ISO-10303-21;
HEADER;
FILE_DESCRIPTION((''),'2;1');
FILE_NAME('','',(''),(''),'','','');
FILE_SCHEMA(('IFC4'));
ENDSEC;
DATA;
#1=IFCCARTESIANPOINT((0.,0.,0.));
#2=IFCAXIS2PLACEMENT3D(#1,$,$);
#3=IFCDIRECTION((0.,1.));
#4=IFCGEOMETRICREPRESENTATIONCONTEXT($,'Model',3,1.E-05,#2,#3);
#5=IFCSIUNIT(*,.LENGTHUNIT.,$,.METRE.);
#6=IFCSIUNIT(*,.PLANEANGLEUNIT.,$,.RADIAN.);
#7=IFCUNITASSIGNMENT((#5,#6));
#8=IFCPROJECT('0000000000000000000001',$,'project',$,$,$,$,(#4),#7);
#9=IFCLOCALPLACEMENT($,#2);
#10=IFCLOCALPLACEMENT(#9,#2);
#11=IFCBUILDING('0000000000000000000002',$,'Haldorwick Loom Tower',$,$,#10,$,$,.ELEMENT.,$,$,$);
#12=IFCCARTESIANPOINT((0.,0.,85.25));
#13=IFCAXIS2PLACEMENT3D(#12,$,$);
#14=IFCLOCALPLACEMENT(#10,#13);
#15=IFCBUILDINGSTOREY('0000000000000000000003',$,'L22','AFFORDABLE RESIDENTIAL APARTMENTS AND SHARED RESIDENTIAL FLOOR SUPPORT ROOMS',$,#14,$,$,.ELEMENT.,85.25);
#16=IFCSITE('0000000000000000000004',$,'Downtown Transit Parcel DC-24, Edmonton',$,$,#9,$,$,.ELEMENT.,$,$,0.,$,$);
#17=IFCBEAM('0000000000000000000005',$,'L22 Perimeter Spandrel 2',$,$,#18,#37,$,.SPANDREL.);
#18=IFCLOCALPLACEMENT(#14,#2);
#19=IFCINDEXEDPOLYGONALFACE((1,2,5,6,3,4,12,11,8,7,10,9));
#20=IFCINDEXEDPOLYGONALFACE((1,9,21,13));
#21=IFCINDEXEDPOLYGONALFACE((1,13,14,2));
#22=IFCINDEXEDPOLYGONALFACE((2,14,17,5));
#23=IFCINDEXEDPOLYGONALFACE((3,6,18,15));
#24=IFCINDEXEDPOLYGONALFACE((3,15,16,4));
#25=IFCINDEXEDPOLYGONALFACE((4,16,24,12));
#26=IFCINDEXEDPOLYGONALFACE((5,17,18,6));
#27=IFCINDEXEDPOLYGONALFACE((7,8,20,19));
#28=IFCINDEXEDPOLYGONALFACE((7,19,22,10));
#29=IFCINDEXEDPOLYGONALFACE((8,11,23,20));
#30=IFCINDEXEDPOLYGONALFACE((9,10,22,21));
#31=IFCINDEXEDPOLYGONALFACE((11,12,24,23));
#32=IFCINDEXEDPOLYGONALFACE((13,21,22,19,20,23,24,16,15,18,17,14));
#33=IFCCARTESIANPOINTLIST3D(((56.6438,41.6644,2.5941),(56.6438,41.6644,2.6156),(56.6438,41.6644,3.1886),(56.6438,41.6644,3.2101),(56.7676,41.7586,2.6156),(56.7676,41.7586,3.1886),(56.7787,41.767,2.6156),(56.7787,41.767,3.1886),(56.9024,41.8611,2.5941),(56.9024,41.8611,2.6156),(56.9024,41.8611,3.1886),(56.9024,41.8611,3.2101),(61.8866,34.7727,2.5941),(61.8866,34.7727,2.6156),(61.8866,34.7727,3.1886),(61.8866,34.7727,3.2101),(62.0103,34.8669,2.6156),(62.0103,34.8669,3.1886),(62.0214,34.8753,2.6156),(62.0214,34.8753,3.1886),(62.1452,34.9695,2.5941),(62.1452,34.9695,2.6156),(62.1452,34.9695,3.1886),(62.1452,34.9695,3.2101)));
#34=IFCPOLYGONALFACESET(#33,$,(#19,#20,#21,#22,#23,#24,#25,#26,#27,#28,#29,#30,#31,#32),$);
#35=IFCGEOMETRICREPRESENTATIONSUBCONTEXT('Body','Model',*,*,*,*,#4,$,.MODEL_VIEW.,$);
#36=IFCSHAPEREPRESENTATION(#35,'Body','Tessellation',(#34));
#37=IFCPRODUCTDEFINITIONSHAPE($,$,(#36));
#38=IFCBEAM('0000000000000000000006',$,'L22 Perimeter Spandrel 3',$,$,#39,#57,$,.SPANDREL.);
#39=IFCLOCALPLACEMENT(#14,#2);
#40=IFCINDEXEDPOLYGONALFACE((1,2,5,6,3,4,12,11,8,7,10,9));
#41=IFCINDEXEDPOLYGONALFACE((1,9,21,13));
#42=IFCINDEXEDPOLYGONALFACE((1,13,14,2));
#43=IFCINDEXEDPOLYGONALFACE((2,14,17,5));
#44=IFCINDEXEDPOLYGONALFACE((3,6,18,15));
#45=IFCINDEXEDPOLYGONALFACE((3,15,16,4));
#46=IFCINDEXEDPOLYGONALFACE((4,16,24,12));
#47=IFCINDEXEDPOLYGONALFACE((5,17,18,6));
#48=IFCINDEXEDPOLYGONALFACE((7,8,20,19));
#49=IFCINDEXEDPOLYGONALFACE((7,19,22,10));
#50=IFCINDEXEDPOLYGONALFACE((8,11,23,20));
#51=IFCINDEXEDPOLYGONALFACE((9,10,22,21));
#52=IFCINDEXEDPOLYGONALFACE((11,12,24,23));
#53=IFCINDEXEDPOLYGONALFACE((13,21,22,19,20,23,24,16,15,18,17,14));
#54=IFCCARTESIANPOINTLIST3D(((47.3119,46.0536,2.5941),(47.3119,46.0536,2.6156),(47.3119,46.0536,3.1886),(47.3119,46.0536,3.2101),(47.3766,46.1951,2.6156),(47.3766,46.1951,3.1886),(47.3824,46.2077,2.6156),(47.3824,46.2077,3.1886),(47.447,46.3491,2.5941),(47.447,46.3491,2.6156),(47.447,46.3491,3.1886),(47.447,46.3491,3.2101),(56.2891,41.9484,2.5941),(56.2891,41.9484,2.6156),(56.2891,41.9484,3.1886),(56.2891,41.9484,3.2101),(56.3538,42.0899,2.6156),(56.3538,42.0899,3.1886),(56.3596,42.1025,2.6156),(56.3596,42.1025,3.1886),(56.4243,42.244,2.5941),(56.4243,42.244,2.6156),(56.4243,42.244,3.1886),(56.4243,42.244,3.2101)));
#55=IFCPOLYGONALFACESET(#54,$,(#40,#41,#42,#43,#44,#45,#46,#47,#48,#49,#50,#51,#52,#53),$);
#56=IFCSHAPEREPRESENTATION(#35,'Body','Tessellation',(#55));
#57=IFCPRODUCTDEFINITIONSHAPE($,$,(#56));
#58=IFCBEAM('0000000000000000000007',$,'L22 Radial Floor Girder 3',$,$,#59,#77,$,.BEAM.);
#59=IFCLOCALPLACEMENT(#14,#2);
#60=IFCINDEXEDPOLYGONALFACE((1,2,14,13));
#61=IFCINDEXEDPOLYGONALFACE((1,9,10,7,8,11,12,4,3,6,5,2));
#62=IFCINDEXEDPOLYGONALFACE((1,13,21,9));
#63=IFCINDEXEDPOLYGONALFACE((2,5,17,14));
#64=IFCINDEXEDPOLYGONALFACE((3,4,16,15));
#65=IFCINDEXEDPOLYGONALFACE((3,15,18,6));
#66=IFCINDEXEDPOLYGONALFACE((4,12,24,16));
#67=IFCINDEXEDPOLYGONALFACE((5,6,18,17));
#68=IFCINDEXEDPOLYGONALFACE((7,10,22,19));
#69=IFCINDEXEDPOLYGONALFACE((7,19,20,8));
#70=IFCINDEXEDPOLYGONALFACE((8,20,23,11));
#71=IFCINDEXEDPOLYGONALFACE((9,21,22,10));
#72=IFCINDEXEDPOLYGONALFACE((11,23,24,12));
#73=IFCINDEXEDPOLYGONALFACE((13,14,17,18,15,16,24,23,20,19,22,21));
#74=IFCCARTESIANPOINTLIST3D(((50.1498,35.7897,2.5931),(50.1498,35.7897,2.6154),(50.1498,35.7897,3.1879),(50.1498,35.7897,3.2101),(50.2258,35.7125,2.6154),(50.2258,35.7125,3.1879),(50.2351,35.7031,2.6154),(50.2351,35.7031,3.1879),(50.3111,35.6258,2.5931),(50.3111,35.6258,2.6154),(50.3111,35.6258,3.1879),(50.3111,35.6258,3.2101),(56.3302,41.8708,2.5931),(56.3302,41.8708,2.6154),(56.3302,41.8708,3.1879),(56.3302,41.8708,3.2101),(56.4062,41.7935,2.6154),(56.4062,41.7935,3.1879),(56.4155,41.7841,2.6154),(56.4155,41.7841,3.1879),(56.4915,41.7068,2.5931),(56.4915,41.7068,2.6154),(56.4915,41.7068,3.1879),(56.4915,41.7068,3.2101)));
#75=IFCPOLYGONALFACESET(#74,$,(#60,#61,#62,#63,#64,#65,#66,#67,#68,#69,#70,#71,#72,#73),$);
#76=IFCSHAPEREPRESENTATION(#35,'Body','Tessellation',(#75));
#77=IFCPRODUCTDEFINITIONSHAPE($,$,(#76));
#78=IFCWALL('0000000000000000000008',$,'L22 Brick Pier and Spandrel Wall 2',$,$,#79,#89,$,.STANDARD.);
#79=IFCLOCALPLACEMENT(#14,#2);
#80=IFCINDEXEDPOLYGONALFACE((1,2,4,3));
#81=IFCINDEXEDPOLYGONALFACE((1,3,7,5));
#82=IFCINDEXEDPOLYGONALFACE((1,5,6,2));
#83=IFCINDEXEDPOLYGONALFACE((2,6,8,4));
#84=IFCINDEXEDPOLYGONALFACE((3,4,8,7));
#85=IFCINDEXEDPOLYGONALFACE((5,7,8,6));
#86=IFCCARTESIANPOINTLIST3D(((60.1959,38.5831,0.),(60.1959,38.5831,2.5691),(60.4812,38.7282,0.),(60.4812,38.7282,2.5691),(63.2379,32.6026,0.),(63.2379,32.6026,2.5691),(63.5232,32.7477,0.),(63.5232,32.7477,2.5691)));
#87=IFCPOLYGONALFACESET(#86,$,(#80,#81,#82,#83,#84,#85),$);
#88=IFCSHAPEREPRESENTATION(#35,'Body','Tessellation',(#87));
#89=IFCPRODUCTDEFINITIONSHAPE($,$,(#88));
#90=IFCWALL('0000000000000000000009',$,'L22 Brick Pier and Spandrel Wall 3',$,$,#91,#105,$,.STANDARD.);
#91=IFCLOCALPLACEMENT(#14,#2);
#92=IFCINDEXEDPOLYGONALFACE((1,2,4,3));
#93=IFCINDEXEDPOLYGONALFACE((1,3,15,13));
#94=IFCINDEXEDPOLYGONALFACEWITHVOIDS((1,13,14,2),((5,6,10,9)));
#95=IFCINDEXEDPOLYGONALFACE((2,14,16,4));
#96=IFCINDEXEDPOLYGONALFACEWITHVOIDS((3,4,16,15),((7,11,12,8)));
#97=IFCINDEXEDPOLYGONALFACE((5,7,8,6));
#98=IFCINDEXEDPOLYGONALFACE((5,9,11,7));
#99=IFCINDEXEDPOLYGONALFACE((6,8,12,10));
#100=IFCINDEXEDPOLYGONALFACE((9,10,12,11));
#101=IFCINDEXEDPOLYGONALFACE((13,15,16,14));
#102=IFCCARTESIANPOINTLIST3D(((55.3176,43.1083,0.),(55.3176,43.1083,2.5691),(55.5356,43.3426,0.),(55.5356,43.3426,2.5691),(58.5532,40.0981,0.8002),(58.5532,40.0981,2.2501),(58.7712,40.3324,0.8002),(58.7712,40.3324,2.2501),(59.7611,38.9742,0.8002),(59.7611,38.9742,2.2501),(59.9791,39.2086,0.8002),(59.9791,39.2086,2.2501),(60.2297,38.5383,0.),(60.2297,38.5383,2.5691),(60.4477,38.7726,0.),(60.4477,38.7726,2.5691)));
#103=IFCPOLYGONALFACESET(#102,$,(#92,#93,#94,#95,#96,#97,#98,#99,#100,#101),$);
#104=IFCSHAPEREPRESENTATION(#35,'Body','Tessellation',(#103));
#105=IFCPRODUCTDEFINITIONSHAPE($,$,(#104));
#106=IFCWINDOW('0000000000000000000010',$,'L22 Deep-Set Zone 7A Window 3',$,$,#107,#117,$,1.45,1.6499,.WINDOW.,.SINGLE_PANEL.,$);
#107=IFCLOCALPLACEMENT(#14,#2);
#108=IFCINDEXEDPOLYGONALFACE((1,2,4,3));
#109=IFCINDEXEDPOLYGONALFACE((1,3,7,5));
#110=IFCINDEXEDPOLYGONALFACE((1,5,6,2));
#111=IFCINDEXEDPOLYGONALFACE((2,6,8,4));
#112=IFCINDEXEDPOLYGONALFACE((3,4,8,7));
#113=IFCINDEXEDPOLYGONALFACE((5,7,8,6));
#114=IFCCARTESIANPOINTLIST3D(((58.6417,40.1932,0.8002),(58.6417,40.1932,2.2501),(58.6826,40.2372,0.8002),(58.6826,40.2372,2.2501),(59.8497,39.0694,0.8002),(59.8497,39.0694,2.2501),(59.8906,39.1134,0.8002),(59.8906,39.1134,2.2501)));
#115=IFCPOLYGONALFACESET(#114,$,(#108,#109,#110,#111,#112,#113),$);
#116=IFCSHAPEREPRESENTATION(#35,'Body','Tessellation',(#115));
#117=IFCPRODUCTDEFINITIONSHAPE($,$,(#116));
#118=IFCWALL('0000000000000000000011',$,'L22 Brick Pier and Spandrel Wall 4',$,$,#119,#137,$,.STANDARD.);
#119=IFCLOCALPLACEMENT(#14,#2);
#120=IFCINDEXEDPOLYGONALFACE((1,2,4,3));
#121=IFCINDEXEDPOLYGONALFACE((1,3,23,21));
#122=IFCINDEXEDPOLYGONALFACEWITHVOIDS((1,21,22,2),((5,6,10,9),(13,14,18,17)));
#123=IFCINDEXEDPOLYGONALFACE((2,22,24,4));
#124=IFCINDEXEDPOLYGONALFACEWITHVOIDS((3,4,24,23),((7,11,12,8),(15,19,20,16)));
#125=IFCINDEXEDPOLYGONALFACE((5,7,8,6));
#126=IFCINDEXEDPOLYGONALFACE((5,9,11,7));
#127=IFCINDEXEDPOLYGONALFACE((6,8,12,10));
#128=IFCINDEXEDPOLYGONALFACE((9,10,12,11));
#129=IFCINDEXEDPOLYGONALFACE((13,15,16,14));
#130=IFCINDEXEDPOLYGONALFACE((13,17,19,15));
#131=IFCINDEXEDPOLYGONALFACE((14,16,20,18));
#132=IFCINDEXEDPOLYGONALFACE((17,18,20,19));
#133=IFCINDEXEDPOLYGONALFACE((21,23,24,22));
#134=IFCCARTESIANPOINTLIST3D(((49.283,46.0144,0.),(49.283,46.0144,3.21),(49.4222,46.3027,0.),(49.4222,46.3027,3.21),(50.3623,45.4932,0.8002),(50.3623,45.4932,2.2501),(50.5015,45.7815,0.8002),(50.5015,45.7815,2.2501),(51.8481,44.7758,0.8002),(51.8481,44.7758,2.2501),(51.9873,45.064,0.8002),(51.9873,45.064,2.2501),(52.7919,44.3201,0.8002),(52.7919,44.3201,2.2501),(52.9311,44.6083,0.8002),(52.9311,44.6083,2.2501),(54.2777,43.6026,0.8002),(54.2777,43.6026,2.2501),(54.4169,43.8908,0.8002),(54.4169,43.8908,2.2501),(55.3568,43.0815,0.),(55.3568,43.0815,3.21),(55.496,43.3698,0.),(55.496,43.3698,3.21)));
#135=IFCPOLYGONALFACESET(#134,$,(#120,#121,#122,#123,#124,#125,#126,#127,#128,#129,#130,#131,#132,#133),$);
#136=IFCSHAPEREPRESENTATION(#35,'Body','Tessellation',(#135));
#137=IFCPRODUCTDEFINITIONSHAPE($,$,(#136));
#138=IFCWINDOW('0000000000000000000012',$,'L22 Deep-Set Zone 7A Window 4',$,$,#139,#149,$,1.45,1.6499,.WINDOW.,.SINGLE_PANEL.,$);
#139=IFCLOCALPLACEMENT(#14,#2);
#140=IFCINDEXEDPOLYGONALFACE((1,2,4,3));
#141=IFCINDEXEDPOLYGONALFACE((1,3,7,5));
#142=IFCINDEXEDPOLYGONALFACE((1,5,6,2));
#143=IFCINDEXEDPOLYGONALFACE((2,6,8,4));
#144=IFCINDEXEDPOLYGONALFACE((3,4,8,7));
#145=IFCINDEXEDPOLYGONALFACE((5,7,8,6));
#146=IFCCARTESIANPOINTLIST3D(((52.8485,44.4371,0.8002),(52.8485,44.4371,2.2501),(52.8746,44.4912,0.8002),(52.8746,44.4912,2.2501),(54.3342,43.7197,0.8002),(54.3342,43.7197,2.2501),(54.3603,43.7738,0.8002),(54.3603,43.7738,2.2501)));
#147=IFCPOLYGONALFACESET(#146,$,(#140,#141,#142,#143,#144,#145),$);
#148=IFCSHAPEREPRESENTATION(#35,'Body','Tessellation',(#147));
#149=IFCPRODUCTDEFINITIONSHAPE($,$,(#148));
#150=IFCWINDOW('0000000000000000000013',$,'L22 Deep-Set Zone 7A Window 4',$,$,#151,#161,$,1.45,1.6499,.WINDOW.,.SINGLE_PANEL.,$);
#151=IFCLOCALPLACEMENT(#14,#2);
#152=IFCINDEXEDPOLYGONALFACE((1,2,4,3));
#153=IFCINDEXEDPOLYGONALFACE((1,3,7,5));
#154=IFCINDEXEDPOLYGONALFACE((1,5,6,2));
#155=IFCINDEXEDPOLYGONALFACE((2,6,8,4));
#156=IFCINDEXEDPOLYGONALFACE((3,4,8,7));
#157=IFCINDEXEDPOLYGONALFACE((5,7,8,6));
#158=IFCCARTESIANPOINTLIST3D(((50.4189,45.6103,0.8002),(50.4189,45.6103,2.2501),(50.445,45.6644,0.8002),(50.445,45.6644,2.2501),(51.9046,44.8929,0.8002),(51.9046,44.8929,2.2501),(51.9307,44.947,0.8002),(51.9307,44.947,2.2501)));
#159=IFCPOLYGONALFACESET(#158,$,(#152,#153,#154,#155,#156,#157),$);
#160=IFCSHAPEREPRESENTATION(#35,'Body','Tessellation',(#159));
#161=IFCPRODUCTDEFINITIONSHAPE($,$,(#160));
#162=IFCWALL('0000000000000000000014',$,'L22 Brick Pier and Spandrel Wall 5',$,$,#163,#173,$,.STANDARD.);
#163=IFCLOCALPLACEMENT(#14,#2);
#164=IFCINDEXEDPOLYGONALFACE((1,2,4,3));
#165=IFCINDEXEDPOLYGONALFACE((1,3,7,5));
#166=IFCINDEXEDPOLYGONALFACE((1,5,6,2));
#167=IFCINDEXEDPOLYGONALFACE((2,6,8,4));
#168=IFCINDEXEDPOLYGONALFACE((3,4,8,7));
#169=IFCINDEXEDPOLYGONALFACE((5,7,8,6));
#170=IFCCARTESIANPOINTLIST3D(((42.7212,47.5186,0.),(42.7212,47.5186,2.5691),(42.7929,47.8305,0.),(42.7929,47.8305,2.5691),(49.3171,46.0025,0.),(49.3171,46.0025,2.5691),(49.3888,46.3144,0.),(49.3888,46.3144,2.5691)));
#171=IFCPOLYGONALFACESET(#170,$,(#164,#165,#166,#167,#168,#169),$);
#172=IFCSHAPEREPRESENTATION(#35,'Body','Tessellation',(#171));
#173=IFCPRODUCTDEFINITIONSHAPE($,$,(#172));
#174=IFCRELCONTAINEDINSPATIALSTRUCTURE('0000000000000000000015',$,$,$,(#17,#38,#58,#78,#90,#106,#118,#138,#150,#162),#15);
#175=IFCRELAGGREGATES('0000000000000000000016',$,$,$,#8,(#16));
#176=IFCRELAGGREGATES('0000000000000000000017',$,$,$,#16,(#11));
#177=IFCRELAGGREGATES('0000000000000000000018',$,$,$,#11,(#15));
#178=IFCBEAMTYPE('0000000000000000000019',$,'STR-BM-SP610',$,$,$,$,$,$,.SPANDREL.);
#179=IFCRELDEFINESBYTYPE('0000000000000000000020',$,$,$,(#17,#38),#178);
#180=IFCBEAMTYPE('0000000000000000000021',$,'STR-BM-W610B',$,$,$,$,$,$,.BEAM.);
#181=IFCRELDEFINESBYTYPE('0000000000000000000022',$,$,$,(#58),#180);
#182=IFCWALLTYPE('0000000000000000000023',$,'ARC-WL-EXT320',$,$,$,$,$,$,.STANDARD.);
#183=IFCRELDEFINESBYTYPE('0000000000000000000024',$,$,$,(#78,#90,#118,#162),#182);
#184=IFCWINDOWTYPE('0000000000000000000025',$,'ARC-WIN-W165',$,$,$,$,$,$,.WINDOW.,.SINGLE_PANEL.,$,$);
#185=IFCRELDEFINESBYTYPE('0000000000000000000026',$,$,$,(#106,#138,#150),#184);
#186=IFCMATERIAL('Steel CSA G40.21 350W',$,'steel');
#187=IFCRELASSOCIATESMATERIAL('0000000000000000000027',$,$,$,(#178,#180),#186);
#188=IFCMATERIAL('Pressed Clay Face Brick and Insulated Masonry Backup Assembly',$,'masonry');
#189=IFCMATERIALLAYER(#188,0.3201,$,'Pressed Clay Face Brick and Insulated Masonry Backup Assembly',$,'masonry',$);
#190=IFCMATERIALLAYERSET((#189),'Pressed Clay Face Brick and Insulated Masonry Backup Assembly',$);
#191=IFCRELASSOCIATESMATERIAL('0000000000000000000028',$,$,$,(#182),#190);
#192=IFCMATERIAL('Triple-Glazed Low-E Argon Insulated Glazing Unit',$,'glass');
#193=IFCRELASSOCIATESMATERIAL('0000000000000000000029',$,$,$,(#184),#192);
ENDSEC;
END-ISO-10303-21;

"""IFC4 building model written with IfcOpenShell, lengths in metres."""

from ifc_helpers import new_model, si_unit, direction, frame, frame_2d, origin, origin_2d, place, context, subcontext, project, spatial, rectangle, i_section, extrude, material, layer, layer_set, material_profile, profile_set, type_object, element, fill, save


model = new_model("IFC4")

# Units and contexts
model_context = context("Model", 3, precision=1e-05, world=origin(), true_north=direction((0.0, 1.0)))
body_context = subcontext(model_context, "Body", "Model", "MODEL_VIEW")
ifc_project = project(units=[si_unit("LENGTHUNIT", "METRE"), si_unit("PLANEANGLEUNIT", "RADIAN")], contexts=[model_context])

# Site, building, storey
site_placement = place(None, origin())
site = spatial("IfcSite", under=ifc_project, at=site_placement, Name="Downtown Transit Parcel DC-24, Edmonton", CompositionType="ELEMENT", RefElevation=0.0)
building_placement = place(site_placement, origin())
building = spatial("IfcBuilding", under=site, at=building_placement, Name="Haldorwick Loom Tower", CompositionType="ELEMENT")
storey_placement = place(building_placement, frame((0.0, 0.0, 85.25)))
storey = spatial("IfcBuildingStorey", under=building, at=storey_placement, Name="L22", Description="AFFORDABLE RESIDENTIAL APARTMENTS AND SHARED RESIDENTIAL FLOOR SUPPORT ROOMS", CompositionType="ELEMENT", Elevation=85.25)

# Beams
ifc_material_1 = material(Name="Steel CSA G40.21 350W", Category="steel")
ifc_material_profile_1 = material_profile(ifc_material_1, i_section(OverallWidth=0.325, OverallDepth=0.616, WebThickness=0.0139, FlangeThickness=0.0215, at=origin_2d()), Name="W610X174", Category="steel")
ifc_profile_set_1 = profile_set([ifc_material_profile_1], Name="Steel CSA G40.21 350W")
beam_type_1 = type_object("IfcBeamType", Name="STR-BM-SP610", PredefinedType="SPANDREL", material=ifc_profile_set_1)
beam_1_placement = place(storey_placement, frame((62.0159, 34.8711, 2.9021), z_axis=(-0.605454, 0.795881, 0.0), x_axis=(-0.795881, -0.605454, 0.0)))
element("IfcBeam", 1, at=beam_1_placement, inside=storey, type_object=beam_type_1, Name="L22 Perimeter Spandrel 2", PredefinedType="SPANDREL", context=body_context, shape_type="SweptSolid", body=[
    extrude(i_section(OverallWidth=0.325, OverallDepth=0.616, WebThickness=0.0139, FlangeThickness=0.0215, at=origin_2d()), origin(), (0.0, 0.0, 1.0), 8.6592),
])
beam_2_placement = place(storey_placement, frame((56.3567, 42.0962, 2.9021), z_axis=(-0.909424, 0.41587, 0.0), x_axis=(-0.41587, -0.909424, 0.0)))
element("IfcBeam", 2, at=beam_2_placement, inside=storey, type_object=beam_type_1, Name="L22 Perimeter Spandrel 3", PredefinedType="SPANDREL", context=body_context, shape_type="SweptSolid", body=[
    extrude(i_section(OverallWidth=0.325, OverallDepth=0.616, WebThickness=0.0139, FlangeThickness=0.0215, at=origin_2d()), origin(), (0.0, 0.0, 1.0), 9.8713),
])
ifc_material_profile_2 = material_profile(ifc_material_1, i_section(OverallWidth=0.23, OverallDepth=0.6169, WebThickness=0.0132, FlangeThickness=0.0222, at=origin_2d()), Name="W610X140", Category="steel")
ifc_profile_set_2 = profile_set([ifc_material_profile_2], Name="Steel CSA G40.21 350W")
beam_type_2 = type_object("IfcBeamType", Name="STR-BM-W610B", PredefinedType="BEAM", material=ifc_profile_set_2)
beam_3_placement = place(storey_placement, frame((50.2305, 35.7078, 2.9016), z_axis=(0.712814, 0.701353, 0.0), x_axis=(-0.701353, 0.712814, 0.0)))
element("IfcBeam", 3, at=beam_3_placement, inside=storey, type_object=beam_type_2, Name="L22 Radial Floor Girder 3", PredefinedType="BEAM", context=body_context, shape_type="SweptSolid", body=[
    extrude(i_section(OverallWidth=0.23, OverallDepth=0.6169, WebThickness=0.0132, FlangeThickness=0.0222, at=origin_2d()), origin(), (0.0, 0.0, 1.0), 8.6704),
])

# Wall
ifc_material_2 = material(Name="Pressed Clay Face Brick and Insulated Masonry Backup Assembly", Category="masonry")
ifc_layer_1 = layer(ifc_material_2, 0.3201, Name="Pressed Clay Face Brick and Insulated Masonry Backup Assembly", Category="masonry")
ifc_layer_set_1 = layer_set([ifc_layer_1], Name="Pressed Clay Face Brick and Insulated Masonry Backup Assembly")
wall_type_1 = type_object("IfcWallType", Name="ARC-WL-EXT320", PredefinedType="STANDARD", material=ifc_layer_set_1)
wall_1_placement = place(storey_placement, frame((63.3806, 32.675, 0.0), z_axis=(0.0, 0.0, 1.0), x_axis=(-0.453374, 0.89132, 0.0)))
element("IfcWall", 4, at=wall_1_placement, inside=storey, type_object=wall_type_1, Name="L22 Brick Pier and Spandrel Wall 2", PredefinedType="STANDARD", context=body_context, shape_type="SweptSolid", body=[
    extrude(rectangle(XDim=6.7097, YDim=0.3201, at=frame_2d((3.355, 0.0))), origin(), (0.0, 0.0, 1.0), 2.5691),
])

# Wall, opening, window
wall_2_placement = place(storey_placement, frame((60.3386, 38.6555, 0.0), z_axis=(0.0, 0.0, 1.0), x_axis=(-0.732137, 0.681157, 0.0)))
wall_2 = element("IfcWall", 5, at=wall_2_placement, inside=storey, type_object=wall_type_1, Name="L22 Brick Pier and Spandrel Wall 3", PredefinedType="STANDARD", context=body_context, shape_type="SweptSolid", body=[
    extrude(rectangle(XDim=6.7092, YDim=0.3201, at=frame_2d((3.3545, 0.0))), origin(), (0.0, 0.0, 1.0), 2.5691),
])
opening_1_placement = place(wall_2_placement, frame((0.6399, 0.0, 0.8)))
opening_1 = element("IfcOpeningElement", 6, at=opening_1_placement, cuts=wall_2, PredefinedType="OPENING", context=body_context, shape_type="SweptSolid", body=[
    extrude(rectangle(XDim=1.6499, YDim=1.45, at=frame_2d((0.825, 0.7251))), frame((0.0, 0.1699, 0.0), z_axis=(0.0, -1.0, 0.0), x_axis=(1.0, 0.0, 0.0)), (0.0, 0.0, 1.0), 0.3401),
])
ifc_material_3 = material(Name="Triple-Glazed Low-E Argon Insulated Glazing Unit", Category="glass")
window_type = type_object("IfcWindowType", Name="ARC-WIN-W165", PartitioningType="SINGLE_PANEL", PredefinedType="WINDOW", material=ifc_material_3)
window_1_placement = place(opening_1_placement, origin())
window_1 = element("IfcWindow", 7, at=window_1_placement, inside=storey, type_object=window_type, Name="L22 Deep-Set Zone 7A Window 3", OverallHeight=1.45, OverallWidth=1.6499, PartitioningType="SINGLE_PANEL", PredefinedType="WINDOW", context=body_context, shape_type="SweptSolid", body=[
    extrude(rectangle(XDim=1.6499, YDim=1.45, at=frame_2d((0.825, 0.7251))), frame((0.0, 0.03, 0.0), z_axis=(0.0, -1.0, 0.0), x_axis=(1.0, 0.0, 0.0)), (0.0, 0.0, 1.0), 0.0601),
])
fill(opening_1, window_1)

# Wall, openings, windows
wall_3_placement = place(storey_placement, frame((55.4265, 43.2256, 0.0), z_axis=(0.0, 0.0, 1.0), x_axis=(-0.90051, 0.434835, 0.0)))
wall_3 = element("IfcWall", 8, at=wall_3_placement, inside=storey, type_object=wall_type_1, Name="L22 Brick Pier and Spandrel Wall 4", PredefinedType="STANDARD", context=body_context, shape_type="SweptSolid", body=[
    extrude(rectangle(XDim=6.7449, YDim=0.3201, at=frame_2d((3.3726, 0.0))), origin(), (0.0, 0.0, 1.0), 3.21),
])
opening_2_placement = place(wall_3_placement, frame((1.1985, 0.0, 0.8)))
opening_2 = element("IfcOpeningElement", 9, at=opening_2_placement, cuts=wall_3, PredefinedType="OPENING", context=body_context, shape_type="SweptSolid", body=[
    extrude(rectangle(XDim=1.6499, YDim=1.45, at=frame_2d((0.825, 0.7251))), frame((0.0, 0.1699, 0.0), z_axis=(0.0, -1.0, 0.0), x_axis=(1.0, 0.0, 0.0)), (0.0, 0.0, 1.0), 0.3401),
])
opening_3_placement = place(wall_3_placement, frame((3.8965, 0.0, 0.8)))
opening_3 = element("IfcOpeningElement", 10, at=opening_3_placement, cuts=wall_3, PredefinedType="OPENING", context=body_context, shape_type="SweptSolid", body=[
    extrude(rectangle(XDim=1.6499, YDim=1.45, at=frame_2d((0.825, 0.7251))), frame((0.0, 0.1699, 0.0), z_axis=(0.0, -1.0, 0.0), x_axis=(1.0, 0.0, 0.0)), (0.0, 0.0, 1.0), 0.3401),
])
window_2_placement = place(opening_2_placement, origin())
window_2 = element("IfcWindow", 11, at=window_2_placement, inside=storey, type_object=window_type, Name="L22 Deep-Set Zone 7A Window 4", OverallHeight=1.45, OverallWidth=1.6499, PartitioningType="SINGLE_PANEL", PredefinedType="WINDOW", context=body_context, shape_type="SweptSolid", body=[
    extrude(rectangle(XDim=1.6499, YDim=1.45, at=frame_2d((0.825, 0.7251))), frame((0.0, 0.03, 0.0), z_axis=(0.0, -1.0, 0.0), x_axis=(1.0, 0.0, 0.0)), (0.0, 0.0, 1.0), 0.0601),
])
fill(opening_2, window_2)
window_3_placement = place(opening_3_placement, origin())
window_3 = element("IfcWindow", 12, at=window_3_placement, inside=storey, type_object=window_type, Name="L22 Deep-Set Zone 7A Window 4", OverallHeight=1.45, OverallWidth=1.6499, PartitioningType="SINGLE_PANEL", PredefinedType="WINDOW", context=body_context, shape_type="SweptSolid", body=[
    extrude(rectangle(XDim=1.6499, YDim=1.45, at=frame_2d((0.825, 0.7251))), frame((0.0, 0.03, 0.0), z_axis=(0.0, -1.0, 0.0), x_axis=(1.0, 0.0, 0.0)), (0.0, 0.0, 1.0), 0.0601),
])
fill(opening_3, window_3)

# Wall
wall_4_placement = place(storey_placement, frame((49.3528, 46.1584, 0.0), z_axis=(0.0, 0.0, 1.0), x_axis=(-0.974584, 0.224022, 0.0)))
element("IfcWall", 13, at=wall_4_placement, inside=storey, type_object=wall_type_1, Name="L22 Brick Pier and Spandrel Wall 5", PredefinedType="STANDARD", context=body_context, shape_type="SweptSolid", body=[
    extrude(rectangle(XDim=6.7678, YDim=0.3201, at=frame_2d((3.3838, 0.0))), origin(), (0.0, 0.0, 1.0), 2.5691),
])

save(model, "model.ifc")
